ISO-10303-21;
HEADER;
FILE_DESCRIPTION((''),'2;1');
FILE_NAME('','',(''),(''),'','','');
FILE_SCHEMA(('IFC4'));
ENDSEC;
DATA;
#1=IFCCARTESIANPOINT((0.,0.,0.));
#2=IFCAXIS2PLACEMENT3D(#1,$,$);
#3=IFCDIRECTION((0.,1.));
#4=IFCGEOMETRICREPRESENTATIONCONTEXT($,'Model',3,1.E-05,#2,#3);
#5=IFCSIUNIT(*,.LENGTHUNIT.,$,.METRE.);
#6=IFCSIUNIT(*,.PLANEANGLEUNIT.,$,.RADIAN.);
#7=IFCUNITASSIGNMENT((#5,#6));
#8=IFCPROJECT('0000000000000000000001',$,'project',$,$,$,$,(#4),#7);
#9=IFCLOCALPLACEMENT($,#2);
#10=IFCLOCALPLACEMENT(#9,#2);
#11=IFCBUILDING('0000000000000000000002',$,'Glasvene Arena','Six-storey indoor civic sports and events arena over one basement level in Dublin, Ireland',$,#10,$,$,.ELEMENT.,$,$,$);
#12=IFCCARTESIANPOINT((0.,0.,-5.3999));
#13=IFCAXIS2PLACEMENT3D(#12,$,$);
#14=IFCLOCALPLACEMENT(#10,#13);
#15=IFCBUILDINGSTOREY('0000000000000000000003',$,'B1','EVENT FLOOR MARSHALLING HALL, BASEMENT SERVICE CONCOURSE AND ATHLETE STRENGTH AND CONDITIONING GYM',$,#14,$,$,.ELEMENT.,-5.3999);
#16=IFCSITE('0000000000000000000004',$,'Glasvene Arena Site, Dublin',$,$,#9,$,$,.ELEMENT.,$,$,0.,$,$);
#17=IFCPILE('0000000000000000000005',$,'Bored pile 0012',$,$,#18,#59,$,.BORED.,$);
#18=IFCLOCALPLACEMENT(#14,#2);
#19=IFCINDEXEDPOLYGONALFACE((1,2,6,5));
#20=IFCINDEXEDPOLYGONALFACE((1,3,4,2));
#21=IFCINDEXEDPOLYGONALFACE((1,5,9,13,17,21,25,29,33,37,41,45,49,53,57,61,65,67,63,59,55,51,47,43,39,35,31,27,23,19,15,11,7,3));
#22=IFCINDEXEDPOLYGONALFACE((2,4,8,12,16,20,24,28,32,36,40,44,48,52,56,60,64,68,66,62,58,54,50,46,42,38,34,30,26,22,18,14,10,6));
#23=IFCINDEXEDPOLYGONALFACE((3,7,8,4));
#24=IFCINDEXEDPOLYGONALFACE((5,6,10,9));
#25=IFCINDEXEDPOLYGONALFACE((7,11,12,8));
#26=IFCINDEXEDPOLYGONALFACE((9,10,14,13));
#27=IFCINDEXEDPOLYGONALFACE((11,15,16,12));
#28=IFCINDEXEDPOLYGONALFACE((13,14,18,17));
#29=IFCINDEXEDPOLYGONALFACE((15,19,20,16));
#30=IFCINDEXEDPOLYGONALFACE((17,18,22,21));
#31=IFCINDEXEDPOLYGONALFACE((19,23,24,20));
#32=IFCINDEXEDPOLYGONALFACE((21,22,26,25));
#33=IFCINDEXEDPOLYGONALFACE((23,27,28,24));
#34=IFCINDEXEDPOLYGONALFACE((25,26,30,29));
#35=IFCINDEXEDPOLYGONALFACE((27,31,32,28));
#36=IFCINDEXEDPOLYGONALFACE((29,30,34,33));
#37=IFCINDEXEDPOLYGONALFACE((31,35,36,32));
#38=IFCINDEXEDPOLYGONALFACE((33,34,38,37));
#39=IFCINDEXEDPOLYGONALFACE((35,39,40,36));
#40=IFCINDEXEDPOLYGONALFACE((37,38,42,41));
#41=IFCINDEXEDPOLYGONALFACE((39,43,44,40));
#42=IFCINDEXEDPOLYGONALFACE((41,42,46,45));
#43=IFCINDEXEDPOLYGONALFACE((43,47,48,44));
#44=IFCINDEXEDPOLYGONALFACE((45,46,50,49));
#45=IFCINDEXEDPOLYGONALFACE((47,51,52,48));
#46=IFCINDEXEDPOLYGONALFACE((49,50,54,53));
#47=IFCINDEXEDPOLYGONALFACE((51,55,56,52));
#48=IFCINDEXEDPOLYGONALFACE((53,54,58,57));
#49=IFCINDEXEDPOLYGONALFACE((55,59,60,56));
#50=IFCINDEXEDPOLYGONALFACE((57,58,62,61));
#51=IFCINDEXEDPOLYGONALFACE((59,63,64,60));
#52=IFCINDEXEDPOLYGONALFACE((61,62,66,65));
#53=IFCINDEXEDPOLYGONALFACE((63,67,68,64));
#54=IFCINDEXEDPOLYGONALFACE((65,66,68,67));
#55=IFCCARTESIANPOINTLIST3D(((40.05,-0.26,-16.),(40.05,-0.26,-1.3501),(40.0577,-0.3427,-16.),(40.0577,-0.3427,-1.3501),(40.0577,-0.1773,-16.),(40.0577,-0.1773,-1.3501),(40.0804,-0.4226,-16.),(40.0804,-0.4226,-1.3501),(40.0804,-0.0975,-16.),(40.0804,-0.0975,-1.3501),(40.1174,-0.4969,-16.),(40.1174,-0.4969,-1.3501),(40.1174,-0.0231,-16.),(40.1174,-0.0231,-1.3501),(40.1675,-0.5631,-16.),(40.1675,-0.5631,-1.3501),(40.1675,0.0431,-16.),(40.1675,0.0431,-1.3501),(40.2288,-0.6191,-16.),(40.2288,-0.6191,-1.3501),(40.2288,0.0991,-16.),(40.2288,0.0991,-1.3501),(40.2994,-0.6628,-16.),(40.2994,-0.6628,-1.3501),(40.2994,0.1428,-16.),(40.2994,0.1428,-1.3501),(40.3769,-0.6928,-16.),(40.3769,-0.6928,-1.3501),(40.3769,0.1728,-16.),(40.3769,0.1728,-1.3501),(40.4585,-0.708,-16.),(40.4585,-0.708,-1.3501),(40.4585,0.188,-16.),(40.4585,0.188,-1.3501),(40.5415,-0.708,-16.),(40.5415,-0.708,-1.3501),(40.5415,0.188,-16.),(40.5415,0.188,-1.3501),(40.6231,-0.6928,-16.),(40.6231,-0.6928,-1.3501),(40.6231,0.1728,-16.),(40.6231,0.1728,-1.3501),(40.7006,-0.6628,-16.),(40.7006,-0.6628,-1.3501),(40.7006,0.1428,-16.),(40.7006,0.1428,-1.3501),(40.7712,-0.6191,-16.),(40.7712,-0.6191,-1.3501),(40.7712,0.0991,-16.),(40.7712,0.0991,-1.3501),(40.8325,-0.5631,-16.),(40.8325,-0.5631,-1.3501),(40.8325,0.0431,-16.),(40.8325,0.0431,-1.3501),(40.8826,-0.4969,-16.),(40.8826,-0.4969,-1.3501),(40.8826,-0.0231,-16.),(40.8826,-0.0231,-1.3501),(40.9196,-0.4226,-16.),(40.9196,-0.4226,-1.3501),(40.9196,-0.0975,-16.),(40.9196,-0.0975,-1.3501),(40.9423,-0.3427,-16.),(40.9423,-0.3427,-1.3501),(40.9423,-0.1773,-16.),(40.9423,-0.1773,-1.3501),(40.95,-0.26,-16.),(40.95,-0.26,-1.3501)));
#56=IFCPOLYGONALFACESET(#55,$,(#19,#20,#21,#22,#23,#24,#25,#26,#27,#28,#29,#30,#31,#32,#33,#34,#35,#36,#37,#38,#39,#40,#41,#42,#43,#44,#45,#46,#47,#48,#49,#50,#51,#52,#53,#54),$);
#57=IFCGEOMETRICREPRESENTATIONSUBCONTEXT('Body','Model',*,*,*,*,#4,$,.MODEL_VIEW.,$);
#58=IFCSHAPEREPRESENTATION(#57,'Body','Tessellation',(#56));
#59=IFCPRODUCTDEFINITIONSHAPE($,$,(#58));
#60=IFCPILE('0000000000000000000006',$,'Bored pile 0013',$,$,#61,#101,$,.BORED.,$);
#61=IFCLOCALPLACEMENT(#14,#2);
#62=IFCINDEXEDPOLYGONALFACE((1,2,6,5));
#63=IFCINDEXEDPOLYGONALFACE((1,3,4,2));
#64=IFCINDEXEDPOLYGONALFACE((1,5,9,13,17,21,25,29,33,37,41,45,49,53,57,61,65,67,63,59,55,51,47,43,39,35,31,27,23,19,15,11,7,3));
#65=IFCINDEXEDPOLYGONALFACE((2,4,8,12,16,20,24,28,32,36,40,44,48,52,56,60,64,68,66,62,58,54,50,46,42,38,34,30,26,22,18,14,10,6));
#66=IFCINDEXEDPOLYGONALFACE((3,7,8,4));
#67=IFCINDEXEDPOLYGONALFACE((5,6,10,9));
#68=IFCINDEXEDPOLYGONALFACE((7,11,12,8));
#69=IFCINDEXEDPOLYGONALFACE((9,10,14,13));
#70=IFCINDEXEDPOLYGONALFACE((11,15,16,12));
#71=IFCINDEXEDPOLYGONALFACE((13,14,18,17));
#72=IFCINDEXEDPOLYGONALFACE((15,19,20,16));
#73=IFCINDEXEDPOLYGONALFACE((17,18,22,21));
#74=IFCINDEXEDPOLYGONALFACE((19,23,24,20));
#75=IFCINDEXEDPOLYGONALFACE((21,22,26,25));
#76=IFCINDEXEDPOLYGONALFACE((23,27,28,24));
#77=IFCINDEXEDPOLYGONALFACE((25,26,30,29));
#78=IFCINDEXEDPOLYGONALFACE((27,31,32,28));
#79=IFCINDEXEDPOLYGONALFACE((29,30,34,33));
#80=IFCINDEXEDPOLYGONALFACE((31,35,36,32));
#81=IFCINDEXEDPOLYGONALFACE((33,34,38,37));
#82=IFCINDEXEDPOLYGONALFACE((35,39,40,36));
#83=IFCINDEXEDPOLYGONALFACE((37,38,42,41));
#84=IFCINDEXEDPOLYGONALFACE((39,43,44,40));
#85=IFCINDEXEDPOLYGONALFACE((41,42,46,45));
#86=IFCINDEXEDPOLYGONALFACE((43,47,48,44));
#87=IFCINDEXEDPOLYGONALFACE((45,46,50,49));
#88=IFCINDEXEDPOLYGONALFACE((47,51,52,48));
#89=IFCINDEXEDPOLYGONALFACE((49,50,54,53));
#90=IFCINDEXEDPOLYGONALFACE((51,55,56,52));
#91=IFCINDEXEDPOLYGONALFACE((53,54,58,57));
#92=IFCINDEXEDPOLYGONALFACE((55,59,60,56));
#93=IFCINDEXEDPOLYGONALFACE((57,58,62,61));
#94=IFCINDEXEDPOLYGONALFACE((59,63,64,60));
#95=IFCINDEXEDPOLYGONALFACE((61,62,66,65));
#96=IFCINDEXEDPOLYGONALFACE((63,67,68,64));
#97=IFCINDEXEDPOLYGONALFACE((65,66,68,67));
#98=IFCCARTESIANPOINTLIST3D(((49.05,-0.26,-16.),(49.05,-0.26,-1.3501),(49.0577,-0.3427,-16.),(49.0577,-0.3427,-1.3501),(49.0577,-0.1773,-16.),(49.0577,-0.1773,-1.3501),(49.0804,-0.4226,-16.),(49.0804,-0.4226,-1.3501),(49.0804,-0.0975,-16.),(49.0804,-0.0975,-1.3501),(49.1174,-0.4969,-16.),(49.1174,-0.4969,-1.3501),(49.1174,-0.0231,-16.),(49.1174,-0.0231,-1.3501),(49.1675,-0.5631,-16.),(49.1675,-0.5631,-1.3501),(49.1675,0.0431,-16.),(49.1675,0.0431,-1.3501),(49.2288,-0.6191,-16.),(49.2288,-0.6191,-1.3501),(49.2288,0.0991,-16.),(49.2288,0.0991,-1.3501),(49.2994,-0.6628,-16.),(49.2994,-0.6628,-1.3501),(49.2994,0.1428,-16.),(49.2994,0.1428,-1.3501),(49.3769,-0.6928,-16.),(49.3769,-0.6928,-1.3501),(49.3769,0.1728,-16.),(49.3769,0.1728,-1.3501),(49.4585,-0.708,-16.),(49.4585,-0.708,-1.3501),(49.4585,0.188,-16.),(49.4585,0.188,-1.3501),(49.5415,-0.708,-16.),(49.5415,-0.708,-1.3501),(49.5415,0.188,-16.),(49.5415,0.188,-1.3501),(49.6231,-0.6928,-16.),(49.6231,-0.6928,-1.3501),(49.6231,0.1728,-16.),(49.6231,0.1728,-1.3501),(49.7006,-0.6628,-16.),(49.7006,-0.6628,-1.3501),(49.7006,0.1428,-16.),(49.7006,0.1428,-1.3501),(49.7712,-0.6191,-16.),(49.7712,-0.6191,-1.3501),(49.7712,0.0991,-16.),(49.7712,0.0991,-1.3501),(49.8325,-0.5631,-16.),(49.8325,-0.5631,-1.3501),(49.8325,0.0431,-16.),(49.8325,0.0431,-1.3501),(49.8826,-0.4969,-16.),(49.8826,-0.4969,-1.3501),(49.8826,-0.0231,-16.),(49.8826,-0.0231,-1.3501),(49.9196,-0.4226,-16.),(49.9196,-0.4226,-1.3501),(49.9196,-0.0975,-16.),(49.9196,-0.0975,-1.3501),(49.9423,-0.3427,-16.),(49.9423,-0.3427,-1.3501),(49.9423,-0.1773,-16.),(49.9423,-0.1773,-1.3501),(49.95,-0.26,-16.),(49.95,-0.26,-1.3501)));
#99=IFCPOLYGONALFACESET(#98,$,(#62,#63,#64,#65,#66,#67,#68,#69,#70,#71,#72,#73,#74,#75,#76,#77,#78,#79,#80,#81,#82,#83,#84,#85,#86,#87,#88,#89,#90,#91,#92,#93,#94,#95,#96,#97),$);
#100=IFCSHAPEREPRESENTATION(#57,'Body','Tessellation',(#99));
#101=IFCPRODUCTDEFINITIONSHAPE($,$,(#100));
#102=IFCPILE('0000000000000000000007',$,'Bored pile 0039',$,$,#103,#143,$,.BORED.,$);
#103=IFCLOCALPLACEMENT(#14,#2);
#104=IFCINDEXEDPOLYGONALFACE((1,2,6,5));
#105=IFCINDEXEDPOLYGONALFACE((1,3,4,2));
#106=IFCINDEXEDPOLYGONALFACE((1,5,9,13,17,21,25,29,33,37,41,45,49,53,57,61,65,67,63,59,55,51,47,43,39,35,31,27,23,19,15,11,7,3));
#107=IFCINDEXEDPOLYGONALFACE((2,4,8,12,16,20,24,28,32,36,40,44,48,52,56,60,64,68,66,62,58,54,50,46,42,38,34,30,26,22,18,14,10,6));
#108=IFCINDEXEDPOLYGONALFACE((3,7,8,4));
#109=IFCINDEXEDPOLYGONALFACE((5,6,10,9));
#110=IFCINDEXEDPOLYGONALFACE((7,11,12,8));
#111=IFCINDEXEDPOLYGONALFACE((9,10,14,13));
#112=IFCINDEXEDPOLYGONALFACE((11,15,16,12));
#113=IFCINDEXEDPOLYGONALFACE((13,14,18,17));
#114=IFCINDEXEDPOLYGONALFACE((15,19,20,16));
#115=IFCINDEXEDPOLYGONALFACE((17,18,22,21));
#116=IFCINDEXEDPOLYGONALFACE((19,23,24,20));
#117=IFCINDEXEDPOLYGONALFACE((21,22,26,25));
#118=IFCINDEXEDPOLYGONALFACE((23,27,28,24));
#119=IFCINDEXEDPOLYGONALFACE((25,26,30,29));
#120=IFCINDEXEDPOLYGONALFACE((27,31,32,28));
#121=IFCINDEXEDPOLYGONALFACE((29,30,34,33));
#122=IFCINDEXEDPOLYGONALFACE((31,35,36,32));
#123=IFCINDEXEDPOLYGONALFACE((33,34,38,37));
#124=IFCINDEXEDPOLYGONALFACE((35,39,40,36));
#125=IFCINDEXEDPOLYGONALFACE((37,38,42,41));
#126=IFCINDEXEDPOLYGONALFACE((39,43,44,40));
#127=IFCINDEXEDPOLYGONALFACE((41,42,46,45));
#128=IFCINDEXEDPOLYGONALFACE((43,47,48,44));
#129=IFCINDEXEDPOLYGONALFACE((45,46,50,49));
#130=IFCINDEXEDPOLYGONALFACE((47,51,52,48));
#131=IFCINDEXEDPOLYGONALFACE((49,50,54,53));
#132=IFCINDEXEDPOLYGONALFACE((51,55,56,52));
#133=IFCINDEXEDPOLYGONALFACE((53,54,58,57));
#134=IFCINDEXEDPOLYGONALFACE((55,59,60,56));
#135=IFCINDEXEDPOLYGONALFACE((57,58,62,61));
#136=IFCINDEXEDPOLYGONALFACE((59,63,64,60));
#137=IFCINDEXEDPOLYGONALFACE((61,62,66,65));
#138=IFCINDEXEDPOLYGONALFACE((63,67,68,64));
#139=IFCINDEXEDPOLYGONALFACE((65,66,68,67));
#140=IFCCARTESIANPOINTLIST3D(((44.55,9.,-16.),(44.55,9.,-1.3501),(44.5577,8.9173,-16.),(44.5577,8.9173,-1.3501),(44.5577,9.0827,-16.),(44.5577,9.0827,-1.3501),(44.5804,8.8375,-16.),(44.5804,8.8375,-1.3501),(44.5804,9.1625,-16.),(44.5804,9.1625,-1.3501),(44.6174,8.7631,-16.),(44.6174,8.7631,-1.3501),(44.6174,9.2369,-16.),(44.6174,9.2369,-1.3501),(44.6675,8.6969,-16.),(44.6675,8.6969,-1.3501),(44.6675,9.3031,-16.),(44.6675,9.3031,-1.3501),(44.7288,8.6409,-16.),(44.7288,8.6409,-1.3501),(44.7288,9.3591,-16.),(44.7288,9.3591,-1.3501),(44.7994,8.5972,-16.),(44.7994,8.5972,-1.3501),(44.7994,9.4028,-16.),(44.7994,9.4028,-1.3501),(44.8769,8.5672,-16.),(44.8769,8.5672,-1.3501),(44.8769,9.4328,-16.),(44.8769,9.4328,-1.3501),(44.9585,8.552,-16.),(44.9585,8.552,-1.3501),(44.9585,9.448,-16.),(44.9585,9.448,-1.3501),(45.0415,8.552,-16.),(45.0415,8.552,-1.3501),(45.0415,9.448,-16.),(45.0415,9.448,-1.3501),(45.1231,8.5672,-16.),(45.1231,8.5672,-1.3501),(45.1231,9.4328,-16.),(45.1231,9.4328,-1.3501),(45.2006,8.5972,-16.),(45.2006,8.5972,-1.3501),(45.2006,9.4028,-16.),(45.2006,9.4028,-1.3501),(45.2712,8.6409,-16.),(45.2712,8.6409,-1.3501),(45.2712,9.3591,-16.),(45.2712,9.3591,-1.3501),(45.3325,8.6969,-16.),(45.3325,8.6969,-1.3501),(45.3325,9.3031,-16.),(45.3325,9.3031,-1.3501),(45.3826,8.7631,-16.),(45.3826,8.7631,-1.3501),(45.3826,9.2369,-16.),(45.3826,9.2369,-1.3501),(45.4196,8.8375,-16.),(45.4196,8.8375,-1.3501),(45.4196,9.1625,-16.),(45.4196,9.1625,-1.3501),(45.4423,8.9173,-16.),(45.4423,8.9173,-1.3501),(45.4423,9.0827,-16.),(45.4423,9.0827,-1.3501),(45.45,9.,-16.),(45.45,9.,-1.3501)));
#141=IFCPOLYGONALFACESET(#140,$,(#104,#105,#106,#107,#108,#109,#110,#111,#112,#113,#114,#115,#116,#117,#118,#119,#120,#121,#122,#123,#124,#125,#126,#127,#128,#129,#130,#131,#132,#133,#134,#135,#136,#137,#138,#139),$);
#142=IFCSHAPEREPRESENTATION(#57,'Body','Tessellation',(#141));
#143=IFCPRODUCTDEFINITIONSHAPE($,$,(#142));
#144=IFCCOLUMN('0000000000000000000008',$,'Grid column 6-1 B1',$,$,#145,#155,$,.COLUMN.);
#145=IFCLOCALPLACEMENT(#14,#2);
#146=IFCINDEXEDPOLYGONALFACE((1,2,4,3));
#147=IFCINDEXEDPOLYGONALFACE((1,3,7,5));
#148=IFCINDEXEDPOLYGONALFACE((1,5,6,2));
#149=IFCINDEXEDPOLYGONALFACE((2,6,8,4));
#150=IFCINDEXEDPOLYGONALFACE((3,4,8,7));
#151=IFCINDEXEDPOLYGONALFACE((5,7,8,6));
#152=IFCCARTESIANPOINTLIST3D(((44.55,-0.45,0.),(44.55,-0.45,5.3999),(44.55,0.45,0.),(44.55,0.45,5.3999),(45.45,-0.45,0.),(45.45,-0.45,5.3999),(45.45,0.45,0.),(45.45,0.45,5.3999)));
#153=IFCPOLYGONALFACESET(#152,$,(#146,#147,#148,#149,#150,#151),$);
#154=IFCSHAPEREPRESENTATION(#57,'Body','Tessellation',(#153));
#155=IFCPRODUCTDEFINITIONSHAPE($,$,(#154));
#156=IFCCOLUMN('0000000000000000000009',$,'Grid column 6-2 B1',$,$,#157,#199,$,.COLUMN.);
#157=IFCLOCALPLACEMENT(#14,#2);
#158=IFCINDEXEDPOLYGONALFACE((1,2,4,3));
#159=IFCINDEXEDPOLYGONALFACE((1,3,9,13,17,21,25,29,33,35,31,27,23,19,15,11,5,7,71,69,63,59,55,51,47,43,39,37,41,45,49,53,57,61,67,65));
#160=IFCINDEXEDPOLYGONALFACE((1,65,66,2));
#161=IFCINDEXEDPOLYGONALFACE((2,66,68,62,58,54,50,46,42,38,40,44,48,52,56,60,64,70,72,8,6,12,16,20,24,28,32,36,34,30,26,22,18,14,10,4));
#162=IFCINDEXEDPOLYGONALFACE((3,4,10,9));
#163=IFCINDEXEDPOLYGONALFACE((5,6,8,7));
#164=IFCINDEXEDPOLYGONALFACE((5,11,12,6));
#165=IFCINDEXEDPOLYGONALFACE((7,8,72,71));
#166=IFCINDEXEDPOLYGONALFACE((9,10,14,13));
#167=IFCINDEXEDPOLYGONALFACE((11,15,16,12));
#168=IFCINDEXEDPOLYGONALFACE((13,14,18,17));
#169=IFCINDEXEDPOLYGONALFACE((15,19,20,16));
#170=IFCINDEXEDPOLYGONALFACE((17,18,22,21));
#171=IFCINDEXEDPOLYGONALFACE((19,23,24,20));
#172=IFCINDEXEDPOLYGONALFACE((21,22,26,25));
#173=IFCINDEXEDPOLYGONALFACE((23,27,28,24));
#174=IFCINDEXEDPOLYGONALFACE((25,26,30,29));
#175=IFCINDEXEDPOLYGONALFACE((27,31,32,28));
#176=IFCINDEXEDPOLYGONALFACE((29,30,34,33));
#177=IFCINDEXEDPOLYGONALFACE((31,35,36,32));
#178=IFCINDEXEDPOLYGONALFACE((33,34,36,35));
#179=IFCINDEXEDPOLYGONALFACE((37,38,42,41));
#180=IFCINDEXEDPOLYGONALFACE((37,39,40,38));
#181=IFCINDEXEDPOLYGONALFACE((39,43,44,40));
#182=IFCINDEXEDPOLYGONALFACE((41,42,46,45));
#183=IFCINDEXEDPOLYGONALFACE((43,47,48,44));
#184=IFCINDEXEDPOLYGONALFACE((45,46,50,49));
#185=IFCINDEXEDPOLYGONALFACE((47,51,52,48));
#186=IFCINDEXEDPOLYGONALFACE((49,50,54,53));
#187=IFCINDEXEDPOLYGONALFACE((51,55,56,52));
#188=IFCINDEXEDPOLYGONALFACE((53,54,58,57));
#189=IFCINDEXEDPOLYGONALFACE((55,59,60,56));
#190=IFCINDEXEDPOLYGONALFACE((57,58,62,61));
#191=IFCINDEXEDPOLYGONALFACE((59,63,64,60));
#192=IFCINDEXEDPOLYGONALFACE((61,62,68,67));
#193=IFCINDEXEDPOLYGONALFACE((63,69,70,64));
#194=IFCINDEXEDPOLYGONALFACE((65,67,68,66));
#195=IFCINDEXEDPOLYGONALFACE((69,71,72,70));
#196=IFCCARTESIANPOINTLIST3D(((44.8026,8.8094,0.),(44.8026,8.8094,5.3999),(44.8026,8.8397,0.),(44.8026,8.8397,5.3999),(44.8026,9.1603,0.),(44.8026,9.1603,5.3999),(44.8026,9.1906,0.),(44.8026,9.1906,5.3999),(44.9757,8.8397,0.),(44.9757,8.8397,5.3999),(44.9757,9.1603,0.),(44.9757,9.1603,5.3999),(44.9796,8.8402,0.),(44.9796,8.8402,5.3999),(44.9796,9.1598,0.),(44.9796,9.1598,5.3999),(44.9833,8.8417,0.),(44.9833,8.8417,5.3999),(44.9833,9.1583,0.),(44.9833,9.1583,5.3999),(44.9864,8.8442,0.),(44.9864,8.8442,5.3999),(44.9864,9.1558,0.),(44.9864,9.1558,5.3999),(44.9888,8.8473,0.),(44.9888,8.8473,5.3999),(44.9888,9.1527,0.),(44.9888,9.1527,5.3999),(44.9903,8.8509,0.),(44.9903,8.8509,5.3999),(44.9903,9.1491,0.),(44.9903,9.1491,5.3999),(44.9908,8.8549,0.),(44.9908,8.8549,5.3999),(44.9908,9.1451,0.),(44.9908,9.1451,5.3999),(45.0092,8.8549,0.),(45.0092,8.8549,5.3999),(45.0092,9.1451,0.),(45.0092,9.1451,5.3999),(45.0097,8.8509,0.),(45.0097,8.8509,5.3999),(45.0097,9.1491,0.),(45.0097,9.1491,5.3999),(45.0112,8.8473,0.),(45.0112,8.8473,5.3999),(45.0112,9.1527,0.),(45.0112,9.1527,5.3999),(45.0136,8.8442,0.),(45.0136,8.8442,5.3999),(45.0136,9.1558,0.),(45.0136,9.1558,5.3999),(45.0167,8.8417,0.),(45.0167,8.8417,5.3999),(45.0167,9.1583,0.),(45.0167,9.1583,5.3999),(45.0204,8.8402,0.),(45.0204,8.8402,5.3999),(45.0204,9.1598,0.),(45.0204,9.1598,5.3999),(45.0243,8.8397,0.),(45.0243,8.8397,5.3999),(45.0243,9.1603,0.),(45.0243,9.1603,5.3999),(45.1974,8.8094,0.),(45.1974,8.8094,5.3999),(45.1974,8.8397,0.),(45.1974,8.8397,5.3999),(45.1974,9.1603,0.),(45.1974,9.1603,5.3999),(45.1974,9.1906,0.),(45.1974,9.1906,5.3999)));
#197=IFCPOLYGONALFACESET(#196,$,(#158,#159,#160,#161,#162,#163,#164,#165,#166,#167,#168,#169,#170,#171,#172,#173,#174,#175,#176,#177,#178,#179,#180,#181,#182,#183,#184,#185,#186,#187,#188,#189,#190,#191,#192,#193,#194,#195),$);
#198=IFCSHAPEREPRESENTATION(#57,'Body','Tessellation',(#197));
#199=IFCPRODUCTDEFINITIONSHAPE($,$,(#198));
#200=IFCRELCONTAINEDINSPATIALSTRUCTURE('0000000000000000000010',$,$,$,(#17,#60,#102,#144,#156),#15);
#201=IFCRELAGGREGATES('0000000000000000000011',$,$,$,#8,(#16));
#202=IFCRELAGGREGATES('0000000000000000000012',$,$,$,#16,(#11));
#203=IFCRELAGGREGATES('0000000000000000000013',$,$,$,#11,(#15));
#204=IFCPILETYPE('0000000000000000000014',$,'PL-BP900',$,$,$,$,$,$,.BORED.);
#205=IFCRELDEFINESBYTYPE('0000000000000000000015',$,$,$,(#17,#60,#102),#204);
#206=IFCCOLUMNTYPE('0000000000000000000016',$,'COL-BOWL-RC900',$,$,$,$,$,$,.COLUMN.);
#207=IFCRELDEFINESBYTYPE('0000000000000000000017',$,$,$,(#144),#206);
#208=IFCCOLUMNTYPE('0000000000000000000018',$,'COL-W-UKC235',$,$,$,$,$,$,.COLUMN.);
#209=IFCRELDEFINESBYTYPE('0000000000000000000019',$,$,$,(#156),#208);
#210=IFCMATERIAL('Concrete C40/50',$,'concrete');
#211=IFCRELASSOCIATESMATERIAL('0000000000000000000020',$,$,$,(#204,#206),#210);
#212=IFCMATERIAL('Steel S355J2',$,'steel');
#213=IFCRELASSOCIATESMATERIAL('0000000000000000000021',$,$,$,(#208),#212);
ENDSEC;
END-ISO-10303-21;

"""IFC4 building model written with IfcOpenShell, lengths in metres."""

from ifc_helpers import new_model, si_unit, direction, frame, origin, origin_2d, place, context, subcontext, project, spatial, rectangle, circle, i_section, extrude, material, material_profile, profile_set, type_object, element, save


model = new_model("IFC4")

# Units and contexts
model_context = context("Model", 3, precision=1e-05, world=origin(), true_north=direction((0.0, 1.0)))
body_context = subcontext(model_context, "Body", "Model", "MODEL_VIEW")
ifc_project = project(units=[si_unit("LENGTHUNIT", "METRE"), si_unit("PLANEANGLEUNIT", "RADIAN")], contexts=[model_context])

# Site, building, storey
site_placement = place(None, origin())
site = spatial("IfcSite", under=ifc_project, at=site_placement, Name="Glasvene Arena Site, Dublin", CompositionType="ELEMENT", RefElevation=0.0)
building_placement = place(site_placement, origin())
building = spatial("IfcBuilding", under=site, at=building_placement, Name="Glasvene Arena", Description="Six-storey indoor civic sports and events arena over one basement level in Dublin, Ireland", CompositionType="ELEMENT")
storey_placement = place(building_placement, frame((0.0, 0.0, -5.3999)))
storey = spatial("IfcBuildingStorey", under=building, at=storey_placement, Name="B1", Description="EVENT FLOOR MARSHALLING HALL, BASEMENT SERVICE CONCOURSE AND ATHLETE STRENGTH AND CONDITIONING GYM", CompositionType="ELEMENT", Elevation=-5.3999)

# Shared definitions
ifc_material_1 = material(Name="Concrete C40/50", Category="concrete")

# Piles
ifc_material_profile_1 = material_profile(ifc_material_1, circle(Radius=0.45, at=origin_2d()), Name="BORED PILE 900")
ifc_profile_set_1 = profile_set([ifc_material_profile_1], Name="Concrete C40/50")
pile_type_1 = type_object("IfcPileType", Name="PL-BP900", PredefinedType="BORED", material=ifc_profile_set_1)
for number, where, z_axis, x_axis, name in (
    (1, (40.5, -0.26, -1.3501), (0.0, 0.0, -1.0), (1.0, 0.0, 0.0), "Bored pile 0012"),
    (2, (49.5, -0.26, -1.3501), (0.0, 0.0, -1.0), (1.0, 0.0, 0.0), "Bored pile 0013"),
    (3, (45.0, 9.0, -1.3501), (0.0, 0.0, -1.0), (1.0, 0.0, 0.0), "Bored pile 0039"),
):
    element("IfcPile", number, at=place(storey_placement, frame(where, z_axis=z_axis, x_axis=x_axis)), inside=storey, type_object=pile_type_1, Name=name, PredefinedType="BORED", context=body_context, shape_type="SweptSolid", body=[
        extrude(circle(Radius=0.45, at=origin_2d()), origin(), (0.0, 0.0, 1.0), 14.6499),
    ])

# Columns
ifc_material_profile_2 = material_profile(ifc_material_1, rectangle(XDim=0.8999, YDim=0.8999, at=origin_2d()), Name="RC 900x900")
ifc_profile_set_2 = profile_set([ifc_material_profile_2], Name="Concrete C40/50")
column_type_1 = type_object("IfcColumnType", Name="COL-BOWL-RC900", PredefinedType="COLUMN", material=ifc_profile_set_2)
column_1_placement = place(storey_placement, frame((45.0, 0.0, 0.0), z_axis=(0.0, 0.0, 1.0), x_axis=(1.0, 0.0, 0.0)))
element("IfcColumn", 4, at=column_1_placement, inside=storey, type_object=column_type_1, Name="Grid column 6-1 B1", PredefinedType="COLUMN", context=body_context, shape_type="SweptSolid", body=[
    extrude(rectangle(XDim=0.8999, YDim=0.8999, at=origin_2d()), origin(), (0.0, 0.0, 1.0), 5.3999),
])
ifc_material_2 = material(Name="Steel S355J2", Category="steel")
ifc_material_profile_3 = material_profile(ifc_material_2, i_section(OverallWidth=0.3948, OverallDepth=0.3811, WebThickness=0.0183, FlangeThickness=0.0303, FilletRadius=0.0151, at=origin_2d()), Name="UKC 356x406x235")
ifc_profile_set_3 = profile_set([ifc_material_profile_3], Name="Steel S355J2")
column_type_2 = type_object("IfcColumnType", Name="COL-W-UKC235", PredefinedType="COLUMN", material=ifc_profile_set_3)
column_2_placement = place(storey_placement, frame((45.0, 9.0, 0.0), z_axis=(0.0, 0.0, 1.0), x_axis=(1.0, 0.0, 0.0)))
element("IfcColumn", 5, at=column_2_placement, inside=storey, type_object=column_type_2, Name="Grid column 6-2 B1", PredefinedType="COLUMN", context=body_context, shape_type="SweptSolid", body=[
    extrude(i_section(OverallWidth=0.3948, OverallDepth=0.3811, WebThickness=0.0183, FlangeThickness=0.0303, FilletRadius=0.0151, at=origin_2d()), origin(), (0.0, 0.0, 1.0), 5.3999),
])

save(model, "model.ifc")
